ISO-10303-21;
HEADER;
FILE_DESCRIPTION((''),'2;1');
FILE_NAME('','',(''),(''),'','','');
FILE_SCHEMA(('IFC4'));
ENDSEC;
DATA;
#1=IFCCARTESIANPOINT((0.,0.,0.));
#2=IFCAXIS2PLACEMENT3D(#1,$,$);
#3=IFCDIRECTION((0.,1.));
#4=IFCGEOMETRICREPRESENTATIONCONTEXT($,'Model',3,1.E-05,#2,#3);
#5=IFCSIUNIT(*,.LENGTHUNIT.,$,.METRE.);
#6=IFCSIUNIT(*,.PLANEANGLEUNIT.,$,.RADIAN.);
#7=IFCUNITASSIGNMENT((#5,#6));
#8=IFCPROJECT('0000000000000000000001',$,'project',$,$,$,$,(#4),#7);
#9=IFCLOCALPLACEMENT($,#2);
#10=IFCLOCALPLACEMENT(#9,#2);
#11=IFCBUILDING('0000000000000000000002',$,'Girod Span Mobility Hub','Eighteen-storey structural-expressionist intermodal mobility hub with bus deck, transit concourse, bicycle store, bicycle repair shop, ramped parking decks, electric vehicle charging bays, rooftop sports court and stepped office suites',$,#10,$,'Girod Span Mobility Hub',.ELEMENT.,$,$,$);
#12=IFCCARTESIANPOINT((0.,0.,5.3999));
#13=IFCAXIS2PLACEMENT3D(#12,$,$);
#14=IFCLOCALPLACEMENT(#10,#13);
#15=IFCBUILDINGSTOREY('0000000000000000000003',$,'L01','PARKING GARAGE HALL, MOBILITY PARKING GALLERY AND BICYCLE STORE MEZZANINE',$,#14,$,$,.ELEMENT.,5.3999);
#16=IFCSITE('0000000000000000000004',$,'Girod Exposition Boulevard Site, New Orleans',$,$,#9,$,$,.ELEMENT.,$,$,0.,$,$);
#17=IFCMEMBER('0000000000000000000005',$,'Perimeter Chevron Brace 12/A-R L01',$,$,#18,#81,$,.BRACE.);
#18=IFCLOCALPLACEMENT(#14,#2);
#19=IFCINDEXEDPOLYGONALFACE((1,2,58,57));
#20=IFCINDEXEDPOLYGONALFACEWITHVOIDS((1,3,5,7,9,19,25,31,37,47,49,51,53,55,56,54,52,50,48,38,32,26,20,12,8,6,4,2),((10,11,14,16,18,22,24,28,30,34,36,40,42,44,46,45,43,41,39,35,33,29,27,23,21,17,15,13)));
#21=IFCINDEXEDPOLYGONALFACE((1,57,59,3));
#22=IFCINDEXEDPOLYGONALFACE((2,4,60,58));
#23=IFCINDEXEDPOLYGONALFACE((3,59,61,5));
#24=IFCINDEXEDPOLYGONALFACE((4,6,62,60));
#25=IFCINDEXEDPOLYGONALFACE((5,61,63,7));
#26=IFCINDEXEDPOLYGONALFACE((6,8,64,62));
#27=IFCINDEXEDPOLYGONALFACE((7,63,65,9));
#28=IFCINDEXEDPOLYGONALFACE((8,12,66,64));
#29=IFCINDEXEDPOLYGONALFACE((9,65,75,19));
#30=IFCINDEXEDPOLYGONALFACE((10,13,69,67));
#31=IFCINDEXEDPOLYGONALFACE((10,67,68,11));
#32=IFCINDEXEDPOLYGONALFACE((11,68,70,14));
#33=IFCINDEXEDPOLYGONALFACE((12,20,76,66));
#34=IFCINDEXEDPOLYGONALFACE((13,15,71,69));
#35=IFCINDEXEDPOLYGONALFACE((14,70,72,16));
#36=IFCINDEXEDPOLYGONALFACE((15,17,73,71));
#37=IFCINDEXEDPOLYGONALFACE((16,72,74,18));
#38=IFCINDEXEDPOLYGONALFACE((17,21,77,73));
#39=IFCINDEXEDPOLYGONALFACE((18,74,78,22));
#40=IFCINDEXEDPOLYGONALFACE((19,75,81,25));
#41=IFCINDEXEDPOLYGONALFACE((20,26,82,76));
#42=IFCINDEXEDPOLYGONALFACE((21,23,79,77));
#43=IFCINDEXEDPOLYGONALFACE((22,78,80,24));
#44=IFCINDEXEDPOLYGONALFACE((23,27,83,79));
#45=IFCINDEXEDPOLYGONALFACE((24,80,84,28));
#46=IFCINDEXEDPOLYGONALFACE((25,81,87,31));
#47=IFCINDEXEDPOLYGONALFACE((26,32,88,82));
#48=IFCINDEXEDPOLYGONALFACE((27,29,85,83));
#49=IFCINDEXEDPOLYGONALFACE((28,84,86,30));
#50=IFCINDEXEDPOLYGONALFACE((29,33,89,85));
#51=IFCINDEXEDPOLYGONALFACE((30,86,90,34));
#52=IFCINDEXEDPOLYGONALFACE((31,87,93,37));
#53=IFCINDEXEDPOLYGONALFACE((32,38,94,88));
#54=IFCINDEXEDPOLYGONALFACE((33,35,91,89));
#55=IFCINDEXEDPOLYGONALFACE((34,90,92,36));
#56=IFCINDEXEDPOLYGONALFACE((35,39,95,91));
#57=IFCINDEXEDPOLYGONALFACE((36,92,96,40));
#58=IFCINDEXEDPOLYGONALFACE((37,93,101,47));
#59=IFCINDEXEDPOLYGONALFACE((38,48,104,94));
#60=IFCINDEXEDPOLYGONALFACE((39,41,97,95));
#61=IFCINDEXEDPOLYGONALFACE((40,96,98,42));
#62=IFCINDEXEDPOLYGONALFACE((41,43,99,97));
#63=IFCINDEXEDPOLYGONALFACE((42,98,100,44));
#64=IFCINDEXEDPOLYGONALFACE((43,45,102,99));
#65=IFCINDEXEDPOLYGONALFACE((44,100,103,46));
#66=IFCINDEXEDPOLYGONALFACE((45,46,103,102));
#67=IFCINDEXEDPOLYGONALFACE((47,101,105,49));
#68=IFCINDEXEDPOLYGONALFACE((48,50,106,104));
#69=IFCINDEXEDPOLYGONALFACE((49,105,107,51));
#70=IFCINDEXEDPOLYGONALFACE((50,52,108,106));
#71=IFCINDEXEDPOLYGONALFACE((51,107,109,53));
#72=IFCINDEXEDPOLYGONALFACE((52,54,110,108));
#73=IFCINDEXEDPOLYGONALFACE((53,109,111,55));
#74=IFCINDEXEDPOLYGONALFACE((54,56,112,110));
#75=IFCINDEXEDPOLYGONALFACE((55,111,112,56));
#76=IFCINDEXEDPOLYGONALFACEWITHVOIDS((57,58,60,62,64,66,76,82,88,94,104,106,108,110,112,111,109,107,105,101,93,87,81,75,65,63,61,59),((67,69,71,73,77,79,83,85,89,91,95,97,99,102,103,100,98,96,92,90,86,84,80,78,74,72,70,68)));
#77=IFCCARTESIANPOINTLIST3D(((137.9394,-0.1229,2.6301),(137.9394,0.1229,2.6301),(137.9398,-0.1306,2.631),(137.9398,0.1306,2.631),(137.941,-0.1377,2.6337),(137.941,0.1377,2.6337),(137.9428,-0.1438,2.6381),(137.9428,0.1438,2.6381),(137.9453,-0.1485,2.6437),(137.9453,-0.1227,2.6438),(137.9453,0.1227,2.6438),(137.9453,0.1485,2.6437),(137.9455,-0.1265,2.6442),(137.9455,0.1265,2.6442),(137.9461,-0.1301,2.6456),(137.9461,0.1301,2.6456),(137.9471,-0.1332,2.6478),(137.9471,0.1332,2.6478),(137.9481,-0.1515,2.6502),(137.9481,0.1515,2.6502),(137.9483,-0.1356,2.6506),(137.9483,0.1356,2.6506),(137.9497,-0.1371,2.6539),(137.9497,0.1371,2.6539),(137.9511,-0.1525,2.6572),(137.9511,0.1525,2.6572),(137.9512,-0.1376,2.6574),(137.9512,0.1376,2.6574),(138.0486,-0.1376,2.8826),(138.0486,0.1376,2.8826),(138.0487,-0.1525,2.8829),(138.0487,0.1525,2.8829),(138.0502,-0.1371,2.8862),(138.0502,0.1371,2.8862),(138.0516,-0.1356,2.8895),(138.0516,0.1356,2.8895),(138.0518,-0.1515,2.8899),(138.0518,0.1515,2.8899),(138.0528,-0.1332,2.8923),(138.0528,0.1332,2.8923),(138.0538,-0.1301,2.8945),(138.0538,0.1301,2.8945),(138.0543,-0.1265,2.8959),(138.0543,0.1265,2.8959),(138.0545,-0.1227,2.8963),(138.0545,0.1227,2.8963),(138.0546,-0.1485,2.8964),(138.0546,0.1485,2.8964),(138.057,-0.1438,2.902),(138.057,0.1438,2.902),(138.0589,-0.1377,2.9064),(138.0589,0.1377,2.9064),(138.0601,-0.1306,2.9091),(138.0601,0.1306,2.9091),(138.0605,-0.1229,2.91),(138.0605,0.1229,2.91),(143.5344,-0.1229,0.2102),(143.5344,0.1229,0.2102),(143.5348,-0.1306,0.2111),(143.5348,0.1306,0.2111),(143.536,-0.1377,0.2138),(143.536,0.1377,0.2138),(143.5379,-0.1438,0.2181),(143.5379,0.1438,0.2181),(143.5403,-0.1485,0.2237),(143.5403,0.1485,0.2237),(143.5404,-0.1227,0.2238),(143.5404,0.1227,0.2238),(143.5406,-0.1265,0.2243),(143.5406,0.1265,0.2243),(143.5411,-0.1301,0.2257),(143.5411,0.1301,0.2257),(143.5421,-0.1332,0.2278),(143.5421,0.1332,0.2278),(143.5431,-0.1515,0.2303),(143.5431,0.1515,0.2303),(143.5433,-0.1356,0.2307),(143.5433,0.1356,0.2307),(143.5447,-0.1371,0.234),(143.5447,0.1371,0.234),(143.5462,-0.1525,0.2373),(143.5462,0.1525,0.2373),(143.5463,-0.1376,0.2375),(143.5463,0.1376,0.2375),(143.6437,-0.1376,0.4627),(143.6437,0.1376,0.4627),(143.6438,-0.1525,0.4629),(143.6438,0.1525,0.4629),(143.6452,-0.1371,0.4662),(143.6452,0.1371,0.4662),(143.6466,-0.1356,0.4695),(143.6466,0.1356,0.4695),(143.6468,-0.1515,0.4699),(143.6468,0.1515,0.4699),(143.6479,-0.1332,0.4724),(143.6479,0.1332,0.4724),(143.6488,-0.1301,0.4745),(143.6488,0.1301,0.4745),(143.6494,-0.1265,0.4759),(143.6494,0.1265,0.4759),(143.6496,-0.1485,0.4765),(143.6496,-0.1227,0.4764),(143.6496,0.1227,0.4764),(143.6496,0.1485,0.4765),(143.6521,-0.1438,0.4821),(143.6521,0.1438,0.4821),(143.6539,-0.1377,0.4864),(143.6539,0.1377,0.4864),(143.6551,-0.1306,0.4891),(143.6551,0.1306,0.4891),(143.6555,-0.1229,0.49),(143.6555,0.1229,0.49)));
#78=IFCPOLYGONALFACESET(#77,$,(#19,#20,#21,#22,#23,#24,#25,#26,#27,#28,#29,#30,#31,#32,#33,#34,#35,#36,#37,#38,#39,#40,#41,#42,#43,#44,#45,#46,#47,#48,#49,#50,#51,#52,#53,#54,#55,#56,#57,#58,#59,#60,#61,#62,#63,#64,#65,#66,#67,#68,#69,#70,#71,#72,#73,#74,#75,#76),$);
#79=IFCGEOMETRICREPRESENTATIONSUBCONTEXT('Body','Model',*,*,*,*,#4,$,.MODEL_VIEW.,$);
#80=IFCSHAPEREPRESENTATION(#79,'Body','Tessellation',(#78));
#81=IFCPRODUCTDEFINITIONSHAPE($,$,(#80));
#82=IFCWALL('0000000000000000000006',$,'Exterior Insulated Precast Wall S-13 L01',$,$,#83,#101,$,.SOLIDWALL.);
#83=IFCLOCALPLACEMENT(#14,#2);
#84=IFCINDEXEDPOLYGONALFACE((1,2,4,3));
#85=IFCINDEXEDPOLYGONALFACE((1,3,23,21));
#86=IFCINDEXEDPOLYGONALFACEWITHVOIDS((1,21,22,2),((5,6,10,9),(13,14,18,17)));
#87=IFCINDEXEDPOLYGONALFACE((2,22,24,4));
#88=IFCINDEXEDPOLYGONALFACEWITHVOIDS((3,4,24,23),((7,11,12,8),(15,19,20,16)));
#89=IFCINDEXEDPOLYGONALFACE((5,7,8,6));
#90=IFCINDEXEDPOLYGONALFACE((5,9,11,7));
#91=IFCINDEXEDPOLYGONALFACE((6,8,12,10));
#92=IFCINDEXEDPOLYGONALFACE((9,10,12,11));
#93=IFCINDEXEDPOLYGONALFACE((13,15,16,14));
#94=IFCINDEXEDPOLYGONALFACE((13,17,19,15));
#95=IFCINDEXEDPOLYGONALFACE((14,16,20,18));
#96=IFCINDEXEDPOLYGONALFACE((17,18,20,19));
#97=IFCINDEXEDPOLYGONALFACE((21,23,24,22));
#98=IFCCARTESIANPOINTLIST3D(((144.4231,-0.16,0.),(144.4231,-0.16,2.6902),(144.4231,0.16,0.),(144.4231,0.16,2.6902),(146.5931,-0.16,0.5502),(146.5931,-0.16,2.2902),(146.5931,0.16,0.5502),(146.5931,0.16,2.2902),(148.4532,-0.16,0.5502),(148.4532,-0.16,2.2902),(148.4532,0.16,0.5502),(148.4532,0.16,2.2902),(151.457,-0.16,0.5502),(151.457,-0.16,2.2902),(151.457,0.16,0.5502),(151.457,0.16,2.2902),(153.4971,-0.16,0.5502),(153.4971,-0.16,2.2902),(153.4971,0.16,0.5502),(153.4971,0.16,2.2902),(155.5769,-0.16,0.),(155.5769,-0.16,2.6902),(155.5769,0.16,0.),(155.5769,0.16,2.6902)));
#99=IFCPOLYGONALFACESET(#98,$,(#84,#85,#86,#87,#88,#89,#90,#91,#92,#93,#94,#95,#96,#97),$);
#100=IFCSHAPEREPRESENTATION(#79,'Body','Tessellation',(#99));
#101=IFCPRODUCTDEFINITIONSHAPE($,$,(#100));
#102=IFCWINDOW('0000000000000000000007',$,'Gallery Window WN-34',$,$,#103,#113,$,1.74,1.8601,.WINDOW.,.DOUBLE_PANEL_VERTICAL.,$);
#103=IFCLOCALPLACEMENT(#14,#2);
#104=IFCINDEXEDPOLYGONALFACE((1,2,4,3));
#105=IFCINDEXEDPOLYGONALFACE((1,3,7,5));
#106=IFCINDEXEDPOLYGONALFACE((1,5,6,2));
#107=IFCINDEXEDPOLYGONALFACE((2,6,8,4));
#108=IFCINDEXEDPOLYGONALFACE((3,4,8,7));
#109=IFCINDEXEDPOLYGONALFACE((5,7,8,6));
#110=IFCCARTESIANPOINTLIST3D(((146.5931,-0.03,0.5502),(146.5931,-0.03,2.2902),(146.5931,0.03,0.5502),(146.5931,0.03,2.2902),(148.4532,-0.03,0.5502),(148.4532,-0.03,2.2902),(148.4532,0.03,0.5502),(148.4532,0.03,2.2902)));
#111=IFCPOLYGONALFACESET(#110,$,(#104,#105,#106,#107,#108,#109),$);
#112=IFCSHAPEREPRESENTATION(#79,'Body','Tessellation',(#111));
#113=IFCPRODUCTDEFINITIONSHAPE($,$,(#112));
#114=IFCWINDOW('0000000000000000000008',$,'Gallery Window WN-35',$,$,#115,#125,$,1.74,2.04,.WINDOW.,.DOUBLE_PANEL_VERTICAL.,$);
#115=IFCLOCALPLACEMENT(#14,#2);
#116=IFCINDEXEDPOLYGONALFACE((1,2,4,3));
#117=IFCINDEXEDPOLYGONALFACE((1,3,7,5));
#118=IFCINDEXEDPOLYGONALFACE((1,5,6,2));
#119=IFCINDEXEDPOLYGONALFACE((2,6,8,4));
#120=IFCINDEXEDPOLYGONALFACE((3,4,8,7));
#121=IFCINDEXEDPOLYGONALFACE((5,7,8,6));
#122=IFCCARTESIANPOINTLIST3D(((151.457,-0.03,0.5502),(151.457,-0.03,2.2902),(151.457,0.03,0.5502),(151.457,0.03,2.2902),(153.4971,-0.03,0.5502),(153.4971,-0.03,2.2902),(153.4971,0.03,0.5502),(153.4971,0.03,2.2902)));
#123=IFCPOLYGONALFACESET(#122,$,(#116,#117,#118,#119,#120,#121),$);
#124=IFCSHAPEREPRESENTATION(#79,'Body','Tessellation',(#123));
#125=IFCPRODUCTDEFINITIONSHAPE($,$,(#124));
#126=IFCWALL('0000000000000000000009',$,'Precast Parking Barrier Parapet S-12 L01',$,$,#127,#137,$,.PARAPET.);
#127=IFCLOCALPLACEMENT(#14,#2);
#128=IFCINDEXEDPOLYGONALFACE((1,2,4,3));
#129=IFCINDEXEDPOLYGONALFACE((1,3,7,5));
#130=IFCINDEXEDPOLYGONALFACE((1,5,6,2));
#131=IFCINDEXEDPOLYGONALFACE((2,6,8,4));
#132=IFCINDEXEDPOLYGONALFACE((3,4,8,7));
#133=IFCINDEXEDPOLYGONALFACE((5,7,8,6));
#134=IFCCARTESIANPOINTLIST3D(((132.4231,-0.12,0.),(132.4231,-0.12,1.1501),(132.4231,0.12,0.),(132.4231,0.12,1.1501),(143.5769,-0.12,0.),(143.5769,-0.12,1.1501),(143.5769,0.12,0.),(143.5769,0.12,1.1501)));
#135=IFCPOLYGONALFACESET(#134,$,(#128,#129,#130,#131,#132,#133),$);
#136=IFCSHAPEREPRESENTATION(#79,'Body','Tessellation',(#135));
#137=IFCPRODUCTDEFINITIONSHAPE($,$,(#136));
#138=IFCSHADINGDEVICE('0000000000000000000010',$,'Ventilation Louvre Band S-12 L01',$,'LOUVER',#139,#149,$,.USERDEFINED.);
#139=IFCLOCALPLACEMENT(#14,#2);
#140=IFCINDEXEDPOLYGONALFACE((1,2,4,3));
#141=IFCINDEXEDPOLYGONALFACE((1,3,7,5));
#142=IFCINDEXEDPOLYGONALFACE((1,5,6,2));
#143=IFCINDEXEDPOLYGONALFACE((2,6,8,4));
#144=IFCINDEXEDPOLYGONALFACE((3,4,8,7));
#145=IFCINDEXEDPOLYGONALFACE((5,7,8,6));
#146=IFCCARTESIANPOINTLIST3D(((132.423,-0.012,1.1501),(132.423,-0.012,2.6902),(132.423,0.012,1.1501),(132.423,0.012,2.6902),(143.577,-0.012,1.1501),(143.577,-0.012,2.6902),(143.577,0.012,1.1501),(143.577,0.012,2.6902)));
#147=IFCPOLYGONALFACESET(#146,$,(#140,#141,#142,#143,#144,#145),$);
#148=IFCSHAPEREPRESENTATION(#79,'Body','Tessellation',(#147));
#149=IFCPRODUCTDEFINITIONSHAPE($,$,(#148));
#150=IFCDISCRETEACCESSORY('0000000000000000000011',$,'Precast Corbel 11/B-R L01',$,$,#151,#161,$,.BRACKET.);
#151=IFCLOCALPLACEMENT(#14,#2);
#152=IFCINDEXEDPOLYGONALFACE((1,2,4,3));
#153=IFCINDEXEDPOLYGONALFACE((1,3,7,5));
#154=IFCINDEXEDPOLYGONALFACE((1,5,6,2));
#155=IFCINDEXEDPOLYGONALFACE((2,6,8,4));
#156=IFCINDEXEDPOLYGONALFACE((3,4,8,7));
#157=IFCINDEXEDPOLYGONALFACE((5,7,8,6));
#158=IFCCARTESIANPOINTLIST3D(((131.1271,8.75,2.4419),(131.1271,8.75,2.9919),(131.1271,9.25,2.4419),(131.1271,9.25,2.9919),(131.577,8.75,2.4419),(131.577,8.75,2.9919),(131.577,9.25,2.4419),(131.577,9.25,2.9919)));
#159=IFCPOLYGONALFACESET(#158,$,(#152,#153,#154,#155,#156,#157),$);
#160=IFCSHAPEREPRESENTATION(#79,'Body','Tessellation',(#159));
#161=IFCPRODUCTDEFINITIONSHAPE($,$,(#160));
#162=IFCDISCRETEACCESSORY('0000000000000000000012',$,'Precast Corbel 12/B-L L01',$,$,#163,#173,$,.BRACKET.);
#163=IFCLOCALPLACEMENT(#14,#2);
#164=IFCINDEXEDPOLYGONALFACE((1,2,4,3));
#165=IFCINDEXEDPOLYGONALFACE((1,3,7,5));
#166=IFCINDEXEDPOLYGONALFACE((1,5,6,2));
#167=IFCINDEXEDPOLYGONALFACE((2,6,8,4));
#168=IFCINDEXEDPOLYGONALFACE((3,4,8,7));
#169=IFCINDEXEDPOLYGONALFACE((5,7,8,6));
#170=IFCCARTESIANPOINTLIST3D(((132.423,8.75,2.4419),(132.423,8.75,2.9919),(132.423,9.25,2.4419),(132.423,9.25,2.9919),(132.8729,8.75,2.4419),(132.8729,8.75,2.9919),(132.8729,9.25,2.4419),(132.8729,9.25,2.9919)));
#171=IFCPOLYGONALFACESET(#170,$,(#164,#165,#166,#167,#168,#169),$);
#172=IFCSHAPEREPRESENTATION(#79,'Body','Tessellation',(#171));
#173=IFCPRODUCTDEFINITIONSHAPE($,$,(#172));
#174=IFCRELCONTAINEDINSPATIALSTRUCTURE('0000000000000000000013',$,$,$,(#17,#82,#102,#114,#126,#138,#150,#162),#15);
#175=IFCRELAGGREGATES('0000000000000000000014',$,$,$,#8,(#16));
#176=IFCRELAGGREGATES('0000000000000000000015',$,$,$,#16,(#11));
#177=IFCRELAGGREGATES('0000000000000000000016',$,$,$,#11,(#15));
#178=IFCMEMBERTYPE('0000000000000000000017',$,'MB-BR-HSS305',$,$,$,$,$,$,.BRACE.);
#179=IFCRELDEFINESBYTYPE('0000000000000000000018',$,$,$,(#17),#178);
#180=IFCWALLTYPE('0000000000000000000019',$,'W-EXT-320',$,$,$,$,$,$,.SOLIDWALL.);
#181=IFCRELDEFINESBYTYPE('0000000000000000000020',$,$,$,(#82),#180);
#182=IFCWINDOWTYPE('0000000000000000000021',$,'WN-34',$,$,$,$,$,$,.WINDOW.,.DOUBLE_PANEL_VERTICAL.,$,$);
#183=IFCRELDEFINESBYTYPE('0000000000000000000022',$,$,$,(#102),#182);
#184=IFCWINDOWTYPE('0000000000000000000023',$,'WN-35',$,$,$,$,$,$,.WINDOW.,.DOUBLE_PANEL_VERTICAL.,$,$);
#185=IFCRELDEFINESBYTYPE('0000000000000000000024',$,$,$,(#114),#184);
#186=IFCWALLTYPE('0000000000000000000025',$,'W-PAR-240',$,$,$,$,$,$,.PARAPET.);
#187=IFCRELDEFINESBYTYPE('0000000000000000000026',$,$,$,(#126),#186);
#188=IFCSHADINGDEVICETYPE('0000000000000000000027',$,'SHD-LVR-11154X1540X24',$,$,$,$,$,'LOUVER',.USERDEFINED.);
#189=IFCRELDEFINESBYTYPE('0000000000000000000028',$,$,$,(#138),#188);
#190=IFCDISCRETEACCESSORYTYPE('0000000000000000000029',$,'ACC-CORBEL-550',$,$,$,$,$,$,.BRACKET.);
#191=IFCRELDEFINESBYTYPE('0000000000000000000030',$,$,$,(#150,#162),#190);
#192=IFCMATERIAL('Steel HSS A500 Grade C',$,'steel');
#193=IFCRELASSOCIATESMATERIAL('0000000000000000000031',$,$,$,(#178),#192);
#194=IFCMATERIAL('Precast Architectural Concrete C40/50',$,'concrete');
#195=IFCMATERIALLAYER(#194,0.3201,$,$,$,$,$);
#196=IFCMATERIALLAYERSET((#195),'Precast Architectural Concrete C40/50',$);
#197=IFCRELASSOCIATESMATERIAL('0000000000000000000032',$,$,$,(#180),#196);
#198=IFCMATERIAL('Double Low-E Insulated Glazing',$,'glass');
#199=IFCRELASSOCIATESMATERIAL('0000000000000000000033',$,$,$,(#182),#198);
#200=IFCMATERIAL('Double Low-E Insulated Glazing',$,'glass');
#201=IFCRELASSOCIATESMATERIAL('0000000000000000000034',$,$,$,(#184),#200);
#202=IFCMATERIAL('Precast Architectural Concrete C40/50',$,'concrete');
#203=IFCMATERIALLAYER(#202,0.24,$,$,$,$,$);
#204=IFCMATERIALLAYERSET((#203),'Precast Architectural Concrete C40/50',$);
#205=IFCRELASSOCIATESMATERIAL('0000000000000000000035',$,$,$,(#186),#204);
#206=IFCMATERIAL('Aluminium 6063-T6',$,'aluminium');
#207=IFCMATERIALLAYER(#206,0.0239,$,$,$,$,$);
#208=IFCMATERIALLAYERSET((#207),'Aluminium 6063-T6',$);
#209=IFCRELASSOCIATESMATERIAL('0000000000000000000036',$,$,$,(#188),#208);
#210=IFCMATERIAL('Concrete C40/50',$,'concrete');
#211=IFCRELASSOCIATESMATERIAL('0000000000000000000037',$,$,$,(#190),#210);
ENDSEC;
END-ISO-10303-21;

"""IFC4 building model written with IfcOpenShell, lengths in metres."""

from ifc_helpers import new_model, si_unit, direction, frame, frame_2d, origin, origin_2d, place, context, subcontext, project, spatial, rectangle, hollow_rectangle, extrude, material, layer, layer_set, material_profile, profile_set, type_object, element, fill, save


model = new_model("IFC4")

# Units and contexts
model_context = context("Model", 3, precision=1e-05, world=origin(), true_north=direction((0.0, 1.0)))
body_context = subcontext(model_context, "Body", "Model", "MODEL_VIEW")
ifc_project = project(units=[si_unit("LENGTHUNIT", "METRE"), si_unit("PLANEANGLEUNIT", "RADIAN")], contexts=[model_context])

# Site, building, storey
site_placement = place(None, origin())
site = spatial("IfcSite", under=ifc_project, at=site_placement, Name="Girod Exposition Boulevard Site, New Orleans", CompositionType="ELEMENT", RefElevation=0.0)
building_placement = place(site_placement, origin())
building = spatial("IfcBuilding", under=site, at=building_placement, Name="Girod Span Mobility Hub", Description="Eighteen-storey structural-expressionist intermodal mobility hub with bus deck, transit concourse, bicycle store, bicycle repair shop, ramped parking decks, electric vehicle charging bays, rooftop sports court and stepped office suites", LongName="Girod Span Mobility Hub", CompositionType="ELEMENT")
storey_placement = place(building_placement, frame((0.0, 0.0, 5.3999)))
storey = spatial("IfcBuildingStorey", under=building, at=storey_placement, Name="L01", Description="PARKING GARAGE HALL, MOBILITY PARKING GALLERY AND BICYCLE STORE MEZZANINE", CompositionType="ELEMENT", Elevation=5.3999)

# Member
ifc_material_1 = material(Name="Steel HSS A500 Grade C", Category="steel")
ifc_material_profile_1 = material_profile(ifc_material_1, hollow_rectangle(XDim=0.3049, YDim=0.3049, WallThickness=0.0149, InnerFilletRadius=0.0149, OuterFilletRadius=0.0295, at=origin_2d()), Name="HSS305X305X16")
ifc_profile_set_1 = profile_set([ifc_material_profile_1], Name="Steel HSS A500 Grade C")
member_type = type_object("IfcMemberType", Name="MB-BR-HSS305", PredefinedType="BRACE", material=ifc_profile_set_1)
for number, where, z_axis, x_axis, name in (
    (1, (143.595, 0.0, 0.3501), (-0.917829, 0.0, 0.396977), (0.0, -1.0, 0.0), "Perimeter Chevron Brace 12/A-R L01"),
):
    element("IfcMember", number, at=place(storey_placement, frame(where, z_axis=z_axis, x_axis=x_axis)), inside=storey, type_object=member_type, Name=name, PredefinedType="BRACE", context=body_context, shape_type="SweptSolid", body=[
        extrude(hollow_rectangle(XDim=0.3049, YDim=0.3049, WallThickness=0.0149, InnerFilletRadius=0.0149, OuterFilletRadius=0.0295, at=origin_2d()), origin(), (0.0, 0.0, 1.0), 6.0959),
    ])

# Wall, openings, windows
ifc_material_2 = material(Name="Precast Architectural Concrete C40/50", Category="concrete")
ifc_layer_1 = layer(ifc_material_2, 0.3201)
ifc_layer_set_1 = layer_set([ifc_layer_1], Name="Precast Architectural Concrete C40/50")
wall_type_1 = type_object("IfcWallType", Name="W-EXT-320", PredefinedType="SOLIDWALL", material=ifc_layer_set_1)
wall_1_placement = place(storey_placement, frame((144.4231, 0.0, 0.0), z_axis=(0.0, 0.0, 1.0), x_axis=(1.0, 0.0, 0.0)))
wall_1 = element("IfcWall", 2, at=wall_1_placement, inside=storey, type_object=wall_type_1, Name="Exterior Insulated Precast Wall S-13 L01", PredefinedType="SOLIDWALL", context=body_context, shape_type="SweptSolid", body=[
    extrude(rectangle(XDim=11.1538, YDim=0.3201, at=frame_2d((5.5769, 0.0))), origin(), (0.0, 0.0, 1.0), 2.6902),
])
opening_1_placement = place(wall_1_placement, frame((2.1699, 0.0, 0.55)))
opening_1 = element("IfcOpeningElement", 3, at=opening_1_placement, cuts=wall_1, PredefinedType="OPENING", context=body_context, shape_type="SweptSolid", body=[
    extrude(rectangle(XDim=1.8601, YDim=1.74, at=frame_2d((0.9302, 0.8701))), frame((0.0, 0.175, 0.0), z_axis=(0.0, -1.0, 0.0), x_axis=(1.0, 0.0, 0.0)), (0.0, 0.0, 1.0), 0.3501),
])
opening_2_placement = place(wall_1_placement, frame((7.0339, 0.0, 0.55)))
opening_2 = element("IfcOpeningElement", 4, at=opening_2_placement, cuts=wall_1, PredefinedType="OPENING", context=body_context, shape_type="SweptSolid", body=[
    extrude(rectangle(XDim=2.04, YDim=1.74, at=frame_2d((1.02, 0.8701))), frame((0.0, 0.175, 0.0), z_axis=(0.0, -1.0, 0.0), x_axis=(1.0, 0.0, 0.0)), (0.0, 0.0, 1.0), 0.3501),
])
ifc_material_3 = material(Name="Double Low-E Insulated Glazing", Category="glass")
window_type_1 = type_object("IfcWindowType", Name="WN-34", PartitioningType="DOUBLE_PANEL_VERTICAL", PredefinedType="WINDOW", material=ifc_material_3)
window_1_placement = place(opening_1_placement, origin())
window_1 = element("IfcWindow", 5, at=window_1_placement, inside=storey, type_object=window_type_1, Name="Gallery Window WN-34", OverallHeight=1.74, OverallWidth=1.8601, PartitioningType="DOUBLE_PANEL_VERTICAL", PredefinedType="WINDOW", context=body_context, shape_type="SweptSolid", body=[
    extrude(rectangle(XDim=1.8601, YDim=1.74, at=frame_2d((0.9302, 0.8701))), frame((0.0, 0.03, 0.0), z_axis=(0.0, -1.0, 0.0), x_axis=(1.0, 0.0, 0.0)), (0.0, 0.0, 1.0), 0.0601),
])
fill(opening_1, window_1)
ifc_material_4 = material(Name="Double Low-E Insulated Glazing", Category="glass")
window_type_2 = type_object("IfcWindowType", Name="WN-35", PartitioningType="DOUBLE_PANEL_VERTICAL", PredefinedType="WINDOW", material=ifc_material_4)
window_2_placement = place(opening_2_placement, origin())
window_2 = element("IfcWindow", 6, at=window_2_placement, inside=storey, type_object=window_type_2, Name="Gallery Window WN-35", OverallHeight=1.74, OverallWidth=2.04, PartitioningType="DOUBLE_PANEL_VERTICAL", PredefinedType="WINDOW", context=body_context, shape_type="SweptSolid", body=[
    extrude(rectangle(XDim=2.04, YDim=1.74, at=frame_2d((1.02, 0.8701))), frame((0.0, 0.03, 0.0), z_axis=(0.0, -1.0, 0.0), x_axis=(1.0, 0.0, 0.0)), (0.0, 0.0, 1.0), 0.0601),
])
fill(opening_2, window_2)

# Wall
ifc_material_5 = material(Name="Precast Architectural Concrete C40/50", Category="concrete")
ifc_layer_2 = layer(ifc_material_5, 0.24)
ifc_layer_set_2 = layer_set([ifc_layer_2], Name="Precast Architectural Concrete C40/50")
wall_type_2 = type_object("IfcWallType", Name="W-PAR-240", PredefinedType="PARAPET", material=ifc_layer_set_2)
wall_2_placement = place(storey_placement, frame((132.4231, 0.0, 0.0), z_axis=(0.0, 0.0, 1.0), x_axis=(1.0, 0.0, 0.0)))
element("IfcWall", 7, at=wall_2_placement, inside=storey, type_object=wall_type_2, Name="Precast Parking Barrier Parapet S-12 L01", PredefinedType="PARAPET", context=body_context, shape_type="SweptSolid", body=[
    extrude(rectangle(XDim=11.1538, YDim=0.24, at=frame_2d((5.5769, 0.0))), origin(), (0.0, 0.0, 1.0), 1.1501),
])

# Shading device
ifc_material_6 = material(Name="Aluminium 6063-T6", Category="aluminium")
ifc_layer_3 = layer(ifc_material_6, 0.0239)
ifc_layer_set_3 = layer_set([ifc_layer_3], Name="Aluminium 6063-T6")
shading_device_type = type_object("IfcShadingDeviceType", Name="SHD-LVR-11154X1540X24", ElementType="LOUVER", PredefinedType="USERDEFINED", material=ifc_layer_set_3)
shading_device_placement = place(storey_placement, frame((138.0, 0.0, 1.1501), z_axis=(0.0, 0.0, 1.0), x_axis=(1.0, 0.0, 0.0)))
element("IfcShadingDevice", 8, at=shading_device_placement, inside=storey, type_object=shading_device_type, Name="Ventilation Louvre Band S-12 L01", ObjectType="LOUVER", PredefinedType="USERDEFINED", context=body_context, shape_type="SweptSolid", body=[
    extrude(rectangle(XDim=11.1541, YDim=0.0239, at=origin_2d()), origin(), (0.0, 0.0, 1.0), 1.54),
])

# Discrete accessories
ifc_material_7 = material(Name="Concrete C40/50", Category="concrete")
discrete_accessory_type = type_object("IfcDiscreteAccessoryType", Name="ACC-CORBEL-550", PredefinedType="BRACKET", material=ifc_material_7)
for number, where, z_axis, x_axis, name in (
    (9, (131.3521, 9.0, 2.4419), (0.0, 0.0, 1.0), (1.0, 0.0, 0.0), "Precast Corbel 11/B-R L01"),
    (10, (132.6479, 9.0, 2.4419), (0.0, 0.0, 1.0), (1.0, 0.0, 0.0), "Precast Corbel 12/B-L L01"),
):
    element("IfcDiscreteAccessory", number, at=place(storey_placement, frame(where, z_axis=z_axis, x_axis=x_axis)), inside=storey, type_object=discrete_accessory_type, Name=name, PredefinedType="BRACKET", context=body_context, shape_type="SweptSolid", body=[
        extrude(rectangle(XDim=0.45, YDim=0.5, at=origin_2d()), origin(), (0.0, 0.0, 1.0), 0.55),
    ])

save(model, "model.ifc")
